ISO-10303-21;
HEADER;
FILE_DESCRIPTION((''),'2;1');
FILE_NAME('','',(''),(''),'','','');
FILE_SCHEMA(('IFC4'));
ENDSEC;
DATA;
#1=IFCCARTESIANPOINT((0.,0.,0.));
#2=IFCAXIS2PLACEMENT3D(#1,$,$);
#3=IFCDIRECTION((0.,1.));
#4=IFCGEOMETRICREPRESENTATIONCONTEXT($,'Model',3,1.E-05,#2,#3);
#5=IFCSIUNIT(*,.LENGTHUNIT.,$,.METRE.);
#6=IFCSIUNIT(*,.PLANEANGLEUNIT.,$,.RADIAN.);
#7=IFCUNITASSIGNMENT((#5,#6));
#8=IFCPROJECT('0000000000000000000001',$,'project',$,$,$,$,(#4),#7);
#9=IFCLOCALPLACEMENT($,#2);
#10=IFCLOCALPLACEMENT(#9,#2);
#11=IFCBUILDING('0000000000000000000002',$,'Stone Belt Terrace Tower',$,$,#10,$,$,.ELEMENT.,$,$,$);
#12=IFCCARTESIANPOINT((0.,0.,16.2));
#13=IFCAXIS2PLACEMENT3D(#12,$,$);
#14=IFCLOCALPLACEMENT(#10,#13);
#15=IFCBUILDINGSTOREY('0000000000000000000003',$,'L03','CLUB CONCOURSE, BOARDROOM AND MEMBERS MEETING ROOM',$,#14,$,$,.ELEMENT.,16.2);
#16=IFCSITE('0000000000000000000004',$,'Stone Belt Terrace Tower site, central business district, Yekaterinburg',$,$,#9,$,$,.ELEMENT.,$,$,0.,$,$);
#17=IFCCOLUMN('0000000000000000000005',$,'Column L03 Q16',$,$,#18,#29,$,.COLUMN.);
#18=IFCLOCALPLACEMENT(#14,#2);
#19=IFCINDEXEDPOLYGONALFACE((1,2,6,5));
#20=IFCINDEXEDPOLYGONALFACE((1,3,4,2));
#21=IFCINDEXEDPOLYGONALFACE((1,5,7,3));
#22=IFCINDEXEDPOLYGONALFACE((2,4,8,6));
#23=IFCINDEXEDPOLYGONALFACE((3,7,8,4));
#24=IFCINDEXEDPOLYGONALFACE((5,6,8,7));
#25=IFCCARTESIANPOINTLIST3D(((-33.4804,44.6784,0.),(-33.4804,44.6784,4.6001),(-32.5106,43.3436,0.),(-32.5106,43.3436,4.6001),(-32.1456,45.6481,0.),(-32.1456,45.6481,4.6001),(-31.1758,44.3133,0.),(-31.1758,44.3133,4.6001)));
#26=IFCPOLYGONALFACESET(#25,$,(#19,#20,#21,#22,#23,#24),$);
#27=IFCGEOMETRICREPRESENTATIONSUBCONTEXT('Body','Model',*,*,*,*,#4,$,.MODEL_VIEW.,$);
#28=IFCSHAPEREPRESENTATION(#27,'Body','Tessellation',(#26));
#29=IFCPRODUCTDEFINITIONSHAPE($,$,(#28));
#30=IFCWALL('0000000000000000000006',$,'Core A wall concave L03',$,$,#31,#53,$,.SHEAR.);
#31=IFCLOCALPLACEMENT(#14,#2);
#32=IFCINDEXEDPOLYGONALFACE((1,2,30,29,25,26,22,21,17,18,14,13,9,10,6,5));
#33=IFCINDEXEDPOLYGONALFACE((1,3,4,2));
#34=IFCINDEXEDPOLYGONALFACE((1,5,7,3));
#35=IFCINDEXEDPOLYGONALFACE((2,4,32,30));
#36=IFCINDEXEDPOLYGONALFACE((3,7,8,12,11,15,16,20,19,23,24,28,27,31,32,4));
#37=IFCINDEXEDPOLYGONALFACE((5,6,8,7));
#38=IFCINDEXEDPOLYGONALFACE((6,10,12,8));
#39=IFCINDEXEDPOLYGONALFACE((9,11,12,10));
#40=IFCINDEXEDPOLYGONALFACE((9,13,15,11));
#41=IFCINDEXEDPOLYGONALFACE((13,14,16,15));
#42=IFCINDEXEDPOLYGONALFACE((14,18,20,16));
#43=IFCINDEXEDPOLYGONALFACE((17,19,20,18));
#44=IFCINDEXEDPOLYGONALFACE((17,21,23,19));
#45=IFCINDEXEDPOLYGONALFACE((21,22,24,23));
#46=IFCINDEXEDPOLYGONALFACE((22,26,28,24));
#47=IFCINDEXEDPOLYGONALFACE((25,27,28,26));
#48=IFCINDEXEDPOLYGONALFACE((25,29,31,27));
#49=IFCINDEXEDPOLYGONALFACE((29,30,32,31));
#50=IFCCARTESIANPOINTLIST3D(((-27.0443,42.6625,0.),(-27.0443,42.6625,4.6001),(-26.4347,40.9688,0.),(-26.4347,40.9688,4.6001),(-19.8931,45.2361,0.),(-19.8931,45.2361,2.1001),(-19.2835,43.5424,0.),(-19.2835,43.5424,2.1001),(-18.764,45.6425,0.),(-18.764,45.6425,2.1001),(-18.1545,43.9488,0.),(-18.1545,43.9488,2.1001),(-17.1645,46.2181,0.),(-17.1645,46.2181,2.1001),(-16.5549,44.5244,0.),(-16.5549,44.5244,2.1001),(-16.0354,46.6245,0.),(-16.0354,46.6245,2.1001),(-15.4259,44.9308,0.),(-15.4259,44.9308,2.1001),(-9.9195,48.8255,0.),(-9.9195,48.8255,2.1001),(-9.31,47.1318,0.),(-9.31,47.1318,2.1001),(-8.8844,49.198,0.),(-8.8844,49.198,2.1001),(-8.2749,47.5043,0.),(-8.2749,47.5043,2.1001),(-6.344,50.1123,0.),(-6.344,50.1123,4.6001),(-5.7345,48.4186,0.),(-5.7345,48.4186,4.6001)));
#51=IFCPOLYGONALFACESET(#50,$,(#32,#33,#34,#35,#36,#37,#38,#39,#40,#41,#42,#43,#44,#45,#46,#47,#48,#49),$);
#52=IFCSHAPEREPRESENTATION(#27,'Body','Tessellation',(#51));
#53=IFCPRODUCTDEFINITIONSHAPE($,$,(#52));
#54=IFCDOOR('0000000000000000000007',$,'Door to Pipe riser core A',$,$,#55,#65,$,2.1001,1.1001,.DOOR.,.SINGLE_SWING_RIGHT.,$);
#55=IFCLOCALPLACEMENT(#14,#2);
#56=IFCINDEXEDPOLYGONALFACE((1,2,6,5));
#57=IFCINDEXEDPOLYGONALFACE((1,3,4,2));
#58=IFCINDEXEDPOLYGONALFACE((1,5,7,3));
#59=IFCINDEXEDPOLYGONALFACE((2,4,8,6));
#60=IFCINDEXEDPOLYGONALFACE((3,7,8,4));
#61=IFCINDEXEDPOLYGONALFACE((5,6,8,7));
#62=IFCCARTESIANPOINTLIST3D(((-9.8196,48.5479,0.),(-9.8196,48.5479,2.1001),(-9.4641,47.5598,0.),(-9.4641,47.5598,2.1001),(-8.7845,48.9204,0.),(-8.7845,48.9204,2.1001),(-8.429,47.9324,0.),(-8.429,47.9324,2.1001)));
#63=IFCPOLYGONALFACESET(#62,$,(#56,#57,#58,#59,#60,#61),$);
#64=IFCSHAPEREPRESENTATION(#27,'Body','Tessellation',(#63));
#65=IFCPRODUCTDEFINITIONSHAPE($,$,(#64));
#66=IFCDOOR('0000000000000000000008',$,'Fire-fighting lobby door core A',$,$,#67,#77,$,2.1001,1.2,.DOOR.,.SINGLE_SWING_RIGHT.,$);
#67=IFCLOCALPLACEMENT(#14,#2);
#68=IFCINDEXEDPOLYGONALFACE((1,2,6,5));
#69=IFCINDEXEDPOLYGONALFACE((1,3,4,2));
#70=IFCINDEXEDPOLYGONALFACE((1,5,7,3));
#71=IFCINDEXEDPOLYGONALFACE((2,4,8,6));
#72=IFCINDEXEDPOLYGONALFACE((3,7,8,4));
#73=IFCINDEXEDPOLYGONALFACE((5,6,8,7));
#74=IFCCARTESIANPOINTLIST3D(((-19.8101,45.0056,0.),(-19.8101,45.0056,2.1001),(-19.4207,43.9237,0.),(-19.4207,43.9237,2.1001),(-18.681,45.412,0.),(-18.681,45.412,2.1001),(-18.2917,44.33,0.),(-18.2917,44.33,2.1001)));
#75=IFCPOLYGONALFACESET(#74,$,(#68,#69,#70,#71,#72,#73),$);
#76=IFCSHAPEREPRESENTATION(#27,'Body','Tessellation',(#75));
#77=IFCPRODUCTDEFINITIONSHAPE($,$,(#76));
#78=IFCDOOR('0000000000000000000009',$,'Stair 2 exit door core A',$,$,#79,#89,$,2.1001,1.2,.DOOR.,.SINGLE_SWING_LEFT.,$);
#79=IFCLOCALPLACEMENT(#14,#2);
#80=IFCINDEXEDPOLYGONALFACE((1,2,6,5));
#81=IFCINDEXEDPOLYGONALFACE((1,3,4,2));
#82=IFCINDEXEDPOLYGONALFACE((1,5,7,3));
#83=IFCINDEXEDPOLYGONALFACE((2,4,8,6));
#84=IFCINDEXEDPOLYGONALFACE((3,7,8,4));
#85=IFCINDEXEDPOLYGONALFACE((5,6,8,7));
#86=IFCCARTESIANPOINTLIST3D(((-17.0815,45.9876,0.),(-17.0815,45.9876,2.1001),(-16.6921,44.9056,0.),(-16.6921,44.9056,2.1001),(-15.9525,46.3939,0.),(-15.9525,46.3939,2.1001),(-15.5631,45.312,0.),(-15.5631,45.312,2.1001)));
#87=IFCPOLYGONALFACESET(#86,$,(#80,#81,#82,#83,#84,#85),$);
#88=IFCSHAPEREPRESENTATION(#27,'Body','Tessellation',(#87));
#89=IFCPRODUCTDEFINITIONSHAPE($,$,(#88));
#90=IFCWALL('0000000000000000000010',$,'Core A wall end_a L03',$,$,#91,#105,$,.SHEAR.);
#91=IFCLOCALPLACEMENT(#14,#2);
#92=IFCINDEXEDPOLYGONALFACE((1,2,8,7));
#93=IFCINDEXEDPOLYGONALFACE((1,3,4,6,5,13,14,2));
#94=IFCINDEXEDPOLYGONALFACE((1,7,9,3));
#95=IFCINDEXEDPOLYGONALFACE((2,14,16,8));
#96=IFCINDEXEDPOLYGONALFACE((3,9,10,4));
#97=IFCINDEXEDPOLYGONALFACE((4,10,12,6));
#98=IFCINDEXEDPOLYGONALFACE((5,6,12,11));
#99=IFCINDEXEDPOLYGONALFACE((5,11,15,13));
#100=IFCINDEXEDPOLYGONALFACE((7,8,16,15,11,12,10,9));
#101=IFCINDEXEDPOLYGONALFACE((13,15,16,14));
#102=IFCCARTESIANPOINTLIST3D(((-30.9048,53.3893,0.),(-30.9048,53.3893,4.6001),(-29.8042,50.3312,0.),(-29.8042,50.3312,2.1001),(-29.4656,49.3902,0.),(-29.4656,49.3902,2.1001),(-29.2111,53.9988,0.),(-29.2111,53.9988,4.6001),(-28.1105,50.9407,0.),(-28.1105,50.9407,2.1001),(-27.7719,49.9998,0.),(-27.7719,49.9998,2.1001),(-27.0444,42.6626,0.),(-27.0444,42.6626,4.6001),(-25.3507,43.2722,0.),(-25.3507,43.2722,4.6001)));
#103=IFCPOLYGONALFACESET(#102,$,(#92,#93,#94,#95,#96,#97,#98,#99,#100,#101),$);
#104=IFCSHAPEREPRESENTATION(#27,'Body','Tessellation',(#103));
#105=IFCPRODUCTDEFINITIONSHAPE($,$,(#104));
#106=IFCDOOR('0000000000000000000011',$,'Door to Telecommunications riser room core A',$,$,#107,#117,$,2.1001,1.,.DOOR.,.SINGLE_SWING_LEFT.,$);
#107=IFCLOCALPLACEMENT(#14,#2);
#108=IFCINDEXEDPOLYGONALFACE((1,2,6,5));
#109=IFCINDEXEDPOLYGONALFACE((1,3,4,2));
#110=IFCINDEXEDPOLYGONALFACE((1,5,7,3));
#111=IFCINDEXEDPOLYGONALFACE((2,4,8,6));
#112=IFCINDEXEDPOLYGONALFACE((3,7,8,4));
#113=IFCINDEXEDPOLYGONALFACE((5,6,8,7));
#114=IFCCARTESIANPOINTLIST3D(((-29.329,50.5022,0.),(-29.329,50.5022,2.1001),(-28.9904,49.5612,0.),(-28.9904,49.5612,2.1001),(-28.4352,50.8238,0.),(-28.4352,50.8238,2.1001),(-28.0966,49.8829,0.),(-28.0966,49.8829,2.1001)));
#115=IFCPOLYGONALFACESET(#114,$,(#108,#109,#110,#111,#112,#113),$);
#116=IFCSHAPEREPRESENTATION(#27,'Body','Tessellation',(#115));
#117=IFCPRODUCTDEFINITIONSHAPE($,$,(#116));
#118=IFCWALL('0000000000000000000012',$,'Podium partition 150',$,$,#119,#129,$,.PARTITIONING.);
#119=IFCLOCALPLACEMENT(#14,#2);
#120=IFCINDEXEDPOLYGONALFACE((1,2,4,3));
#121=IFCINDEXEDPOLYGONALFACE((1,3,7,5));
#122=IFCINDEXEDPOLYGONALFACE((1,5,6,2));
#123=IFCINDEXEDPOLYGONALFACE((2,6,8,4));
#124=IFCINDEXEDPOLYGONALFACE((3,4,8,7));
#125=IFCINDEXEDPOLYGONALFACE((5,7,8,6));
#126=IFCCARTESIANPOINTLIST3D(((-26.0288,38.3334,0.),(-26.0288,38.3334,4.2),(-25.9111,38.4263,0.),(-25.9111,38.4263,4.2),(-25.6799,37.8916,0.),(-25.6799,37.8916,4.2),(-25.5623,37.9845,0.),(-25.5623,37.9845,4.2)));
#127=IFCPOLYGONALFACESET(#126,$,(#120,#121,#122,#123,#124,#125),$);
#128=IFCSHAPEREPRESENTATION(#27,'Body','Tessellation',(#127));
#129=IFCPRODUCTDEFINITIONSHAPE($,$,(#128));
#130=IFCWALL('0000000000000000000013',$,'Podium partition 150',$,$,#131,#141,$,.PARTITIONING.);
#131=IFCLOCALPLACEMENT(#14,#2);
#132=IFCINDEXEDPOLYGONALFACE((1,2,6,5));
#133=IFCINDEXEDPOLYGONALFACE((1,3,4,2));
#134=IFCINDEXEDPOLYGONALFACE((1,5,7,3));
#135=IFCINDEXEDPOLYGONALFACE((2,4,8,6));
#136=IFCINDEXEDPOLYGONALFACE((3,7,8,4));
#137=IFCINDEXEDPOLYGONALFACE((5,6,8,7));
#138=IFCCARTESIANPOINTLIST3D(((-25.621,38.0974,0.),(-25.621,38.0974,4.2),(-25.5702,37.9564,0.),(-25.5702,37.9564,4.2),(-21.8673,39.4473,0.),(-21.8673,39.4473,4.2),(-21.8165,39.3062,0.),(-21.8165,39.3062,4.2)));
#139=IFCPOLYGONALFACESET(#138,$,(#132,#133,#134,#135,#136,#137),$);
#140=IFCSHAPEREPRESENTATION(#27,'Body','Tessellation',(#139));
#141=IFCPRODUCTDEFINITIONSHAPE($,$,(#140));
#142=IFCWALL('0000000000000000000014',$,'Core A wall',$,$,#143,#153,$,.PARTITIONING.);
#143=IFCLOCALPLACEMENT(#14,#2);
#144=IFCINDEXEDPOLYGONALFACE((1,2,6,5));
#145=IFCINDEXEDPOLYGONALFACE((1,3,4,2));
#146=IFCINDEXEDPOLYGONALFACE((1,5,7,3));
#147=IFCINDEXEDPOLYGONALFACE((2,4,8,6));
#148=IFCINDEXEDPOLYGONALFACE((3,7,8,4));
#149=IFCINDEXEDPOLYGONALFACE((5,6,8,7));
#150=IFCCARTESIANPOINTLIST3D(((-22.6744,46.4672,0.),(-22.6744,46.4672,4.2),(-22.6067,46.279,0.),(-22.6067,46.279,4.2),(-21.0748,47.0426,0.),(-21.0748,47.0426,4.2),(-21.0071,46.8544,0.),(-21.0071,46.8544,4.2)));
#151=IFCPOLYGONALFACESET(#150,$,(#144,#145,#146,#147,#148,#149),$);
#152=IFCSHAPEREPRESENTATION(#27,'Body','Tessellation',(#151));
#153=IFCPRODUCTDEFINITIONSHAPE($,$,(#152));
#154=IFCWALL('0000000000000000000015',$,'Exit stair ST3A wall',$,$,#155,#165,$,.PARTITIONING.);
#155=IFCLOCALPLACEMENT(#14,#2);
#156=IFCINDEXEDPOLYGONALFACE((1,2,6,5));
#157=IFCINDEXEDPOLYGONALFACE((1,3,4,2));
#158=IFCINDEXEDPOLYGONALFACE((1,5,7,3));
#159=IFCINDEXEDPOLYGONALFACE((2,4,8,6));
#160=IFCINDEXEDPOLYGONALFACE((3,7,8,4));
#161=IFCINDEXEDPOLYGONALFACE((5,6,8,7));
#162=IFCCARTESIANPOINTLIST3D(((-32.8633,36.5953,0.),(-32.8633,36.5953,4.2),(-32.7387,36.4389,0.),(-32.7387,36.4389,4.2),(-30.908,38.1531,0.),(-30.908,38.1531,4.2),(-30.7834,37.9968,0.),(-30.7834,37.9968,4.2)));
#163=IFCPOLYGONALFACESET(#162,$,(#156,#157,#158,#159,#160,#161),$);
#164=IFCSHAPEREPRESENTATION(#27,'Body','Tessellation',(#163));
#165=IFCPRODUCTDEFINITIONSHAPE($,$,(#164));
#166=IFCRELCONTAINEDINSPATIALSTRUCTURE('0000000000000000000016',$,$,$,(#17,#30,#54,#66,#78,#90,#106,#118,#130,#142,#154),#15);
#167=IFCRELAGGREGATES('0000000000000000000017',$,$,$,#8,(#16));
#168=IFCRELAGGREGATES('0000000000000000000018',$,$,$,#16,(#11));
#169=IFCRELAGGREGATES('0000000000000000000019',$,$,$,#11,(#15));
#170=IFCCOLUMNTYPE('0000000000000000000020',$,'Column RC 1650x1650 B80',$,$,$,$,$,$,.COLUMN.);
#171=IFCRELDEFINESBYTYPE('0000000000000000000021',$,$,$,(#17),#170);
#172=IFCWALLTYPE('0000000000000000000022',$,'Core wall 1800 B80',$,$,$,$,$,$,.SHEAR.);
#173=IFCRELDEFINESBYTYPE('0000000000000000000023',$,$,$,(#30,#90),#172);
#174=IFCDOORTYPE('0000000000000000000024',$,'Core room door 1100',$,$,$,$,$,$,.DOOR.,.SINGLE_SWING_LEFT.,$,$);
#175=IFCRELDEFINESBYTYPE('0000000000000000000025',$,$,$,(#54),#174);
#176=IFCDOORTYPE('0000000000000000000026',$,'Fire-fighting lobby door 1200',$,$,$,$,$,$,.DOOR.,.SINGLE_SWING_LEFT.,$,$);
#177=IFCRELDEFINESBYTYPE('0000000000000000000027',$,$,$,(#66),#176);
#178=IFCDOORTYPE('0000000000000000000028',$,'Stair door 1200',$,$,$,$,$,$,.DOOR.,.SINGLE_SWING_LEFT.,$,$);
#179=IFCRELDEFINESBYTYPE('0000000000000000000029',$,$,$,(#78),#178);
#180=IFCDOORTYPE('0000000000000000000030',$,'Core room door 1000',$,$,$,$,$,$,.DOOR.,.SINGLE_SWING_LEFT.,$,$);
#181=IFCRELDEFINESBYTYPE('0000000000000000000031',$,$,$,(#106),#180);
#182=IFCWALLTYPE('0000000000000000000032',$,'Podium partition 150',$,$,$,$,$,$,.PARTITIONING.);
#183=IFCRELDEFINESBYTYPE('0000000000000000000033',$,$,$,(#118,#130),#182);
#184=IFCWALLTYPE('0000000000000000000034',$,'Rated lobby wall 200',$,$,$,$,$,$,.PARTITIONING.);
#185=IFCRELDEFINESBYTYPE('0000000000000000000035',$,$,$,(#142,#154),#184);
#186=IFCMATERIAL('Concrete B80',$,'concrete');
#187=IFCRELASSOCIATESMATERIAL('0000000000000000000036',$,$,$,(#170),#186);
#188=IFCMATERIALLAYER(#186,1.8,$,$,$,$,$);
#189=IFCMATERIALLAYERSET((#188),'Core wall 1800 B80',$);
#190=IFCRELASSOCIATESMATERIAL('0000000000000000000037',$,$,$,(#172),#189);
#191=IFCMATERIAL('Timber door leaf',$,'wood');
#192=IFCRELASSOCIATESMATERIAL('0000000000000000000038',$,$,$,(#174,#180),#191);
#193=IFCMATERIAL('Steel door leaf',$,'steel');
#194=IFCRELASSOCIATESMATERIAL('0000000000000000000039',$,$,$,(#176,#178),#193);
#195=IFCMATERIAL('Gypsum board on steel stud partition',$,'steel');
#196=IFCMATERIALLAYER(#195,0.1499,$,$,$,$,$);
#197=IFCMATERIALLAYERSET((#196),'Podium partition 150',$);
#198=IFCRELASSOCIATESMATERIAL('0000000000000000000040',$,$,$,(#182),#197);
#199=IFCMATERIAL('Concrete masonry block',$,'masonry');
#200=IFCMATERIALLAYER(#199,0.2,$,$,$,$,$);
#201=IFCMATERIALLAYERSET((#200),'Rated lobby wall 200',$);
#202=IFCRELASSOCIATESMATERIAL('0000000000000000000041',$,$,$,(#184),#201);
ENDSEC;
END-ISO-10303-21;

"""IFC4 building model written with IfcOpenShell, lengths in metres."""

from ifc_helpers import new_model, si_unit, direction, frame, frame_2d, origin, origin_2d, place, context, subcontext, project, spatial, rectangle, extrude, material, layer, layer_set, material_profile, profile_set, type_object, element, fill, save


model = new_model("IFC4")

# Units and contexts
model_context = context("Model", 3, precision=1e-05, world=origin(), true_north=direction((0.0, 1.0)))
body_context = subcontext(model_context, "Body", "Model", "MODEL_VIEW")
ifc_project = project(units=[si_unit("LENGTHUNIT", "METRE"), si_unit("PLANEANGLEUNIT", "RADIAN")], contexts=[model_context])

# Site, building, storey
site_placement = place(None, origin())
site = spatial("IfcSite", under=ifc_project, at=site_placement, Name="Stone Belt Terrace Tower site, central business district, Yekaterinburg", CompositionType="ELEMENT", RefElevation=0.0)
building_placement = place(site_placement, origin())
building = spatial("IfcBuilding", under=site, at=building_placement, Name="Stone Belt Terrace Tower", CompositionType="ELEMENT")
storey_placement = place(building_placement, frame((0.0, 0.0, 16.2)))
storey = spatial("IfcBuildingStorey", under=building, at=storey_placement, Name="L03", Description="CLUB CONCOURSE, BOARDROOM AND MEMBERS MEETING ROOM", CompositionType="ELEMENT", Elevation=16.2)

# Column
ifc_material_1 = material(Name="Concrete B80", Category="concrete")
ifc_material_profile = material_profile(ifc_material_1, rectangle(XDim=1.6499, YDim=1.6499, at=origin_2d()), Name="RC 1650x1650")
ifc_profile_set = profile_set([ifc_material_profile], Name="Concrete B80")
column_type = type_object("IfcColumnType", Name="Column RC 1650x1650 B80", PredefinedType="COLUMN", material=ifc_profile_set)
column_placement = place(storey_placement, frame((-32.3281, 44.4958, 0.0), z_axis=(0.0, 0.0, 1.0), x_axis=(0.809017, 0.587785, 0.0)))
element("IfcColumn", 1, at=column_placement, inside=storey, type_object=column_type, Name="Column L03 Q16", PredefinedType="COLUMN", context=body_context, shape_type="SweptSolid", body=[
    extrude(rectangle(XDim=1.6499, YDim=1.6499, at=origin_2d()), origin(), (0.0, 0.0, 1.0), 4.6001),
])

# Wall, openings, doors
ifc_layer_1 = layer(ifc_material_1, 1.8)
ifc_layer_set_1 = layer_set([ifc_layer_1], Name="Core wall 1800 B80")
wall_type_1 = type_object("IfcWallType", Name="Core wall 1800 B80", PredefinedType="SHEAR", material=ifc_layer_set_1)
wall_1_placement = place(storey_placement, frame((-26.7395, 41.8157, 0.0), z_axis=(0.0, 0.0, 1.0), x_axis=(0.940922, 0.338624, 0.0)))
wall_1 = element("IfcWall", 2, at=wall_1_placement, inside=storey, type_object=wall_type_1, Name="Core A wall concave L03", PredefinedType="SHEAR", context=body_context, shape_type="SweptSolid", body=[
    extrude(rectangle(XDim=22.0, YDim=1.8, at=frame_2d((11.0, 0.0))), origin(), (0.0, 0.0, 1.0), 4.6001),
])
opening_1_placement = place(wall_1_placement, frame((7.6001, 0.0, 0.0)))
opening_1 = element("IfcOpeningElement", 3, at=opening_1_placement, cuts=wall_1, PredefinedType="OPENING", context=body_context, shape_type="SweptSolid", body=[
    extrude(rectangle(XDim=1.2, YDim=2.1001, at=frame_2d((0.6001, 1.05))), frame((0.0, 0.9099, 0.0), z_axis=(0.0, -1.0, 0.0), x_axis=(1.0, 0.0, 0.0)), (0.0, 0.0, 1.0), 1.8201),
])
opening_2_placement = place(wall_1_placement, frame((10.5, 0.0, 0.0)))
opening_2 = element("IfcOpeningElement", 4, at=opening_2_placement, cuts=wall_1, PredefinedType="OPENING", context=body_context, shape_type="SweptSolid", body=[
    extrude(rectangle(XDim=1.2, YDim=2.1001, at=frame_2d((0.6001, 1.05))), frame((0.0, 0.9099, 0.0), z_axis=(0.0, -1.0, 0.0), x_axis=(1.0, 0.0, 0.0)), (0.0, 0.0, 1.0), 1.8201),
])
opening_3_placement = place(wall_1_placement, frame((18.2, 0.0, 0.0)))
opening_3 = element("IfcOpeningElement", 5, at=opening_3_placement, cuts=wall_1, PredefinedType="OPENING", context=body_context, shape_type="SweptSolid", body=[
    extrude(rectangle(XDim=1.1001, YDim=2.1001, at=frame_2d((0.55, 1.05))), frame((0.0, 0.9099, 0.0), z_axis=(0.0, -1.0, 0.0), x_axis=(1.0, 0.0, 0.0)), (0.0, 0.0, 1.0), 1.8201),
])
ifc_material_2 = material(Name="Timber door leaf", Category="wood")
door_type_1 = type_object("IfcDoorType", Name="Core room door 1100", OperationType="SINGLE_SWING_LEFT", PredefinedType="DOOR", material=ifc_material_2)
door_1_placement = place(opening_3_placement, origin())
door_1 = element("IfcDoor", 6, at=door_1_placement, inside=storey, type_object=door_type_1, Name="Door to Pipe riser core A", OperationType="SINGLE_SWING_RIGHT", OverallHeight=2.1001, OverallWidth=1.1001, PredefinedType="DOOR", context=body_context, shape_type="SweptSolid", body=[
    extrude(rectangle(XDim=1.1001, YDim=2.1001, at=frame_2d((0.55, 1.05))), frame((0.0, 0.605, 0.0), z_axis=(0.0, -1.0, 0.0), x_axis=(1.0, 0.0, 0.0)), (0.0, 0.0, 1.0), 1.05),
])
fill(opening_3, door_1)
ifc_material_3 = material(Name="Steel door leaf", Category="steel")
door_type_2 = type_object("IfcDoorType", Name="Fire-fighting lobby door 1200", OperationType="SINGLE_SWING_LEFT", PredefinedType="DOOR", material=ifc_material_3)
door_2_placement = place(opening_1_placement, origin())
door_2 = element("IfcDoor", 7, at=door_2_placement, inside=storey, type_object=door_type_2, Name="Fire-fighting lobby door core A", OperationType="SINGLE_SWING_RIGHT", OverallHeight=2.1001, OverallWidth=1.2, PredefinedType="DOOR", context=body_context, shape_type="SweptSolid", body=[
    extrude(rectangle(XDim=1.2, YDim=2.1001, at=frame_2d((0.6001, 1.05))), frame((0.0, 0.655, 0.0), z_axis=(0.0, -1.0, 0.0), x_axis=(1.0, 0.0, 0.0)), (0.0, 0.0, 1.0), 1.1499),
])
fill(opening_1, door_2)
door_type_3 = type_object("IfcDoorType", Name="Stair door 1200", OperationType="SINGLE_SWING_LEFT", PredefinedType="DOOR", material=ifc_material_3)
door_3_placement = place(opening_2_placement, origin())
door_3 = element("IfcDoor", 8, at=door_3_placement, inside=storey, type_object=door_type_3, Name="Stair 2 exit door core A", OperationType="SINGLE_SWING_LEFT", OverallHeight=2.1001, OverallWidth=1.2, PredefinedType="DOOR", context=body_context, shape_type="SweptSolid", body=[
    extrude(rectangle(XDim=1.2, YDim=2.1001, at=frame_2d((0.6001, 1.05))), frame((0.0, 0.655, 0.0), z_axis=(0.0, -1.0, 0.0), x_axis=(1.0, 0.0, 0.0)), (0.0, 0.0, 1.0), 1.1499),
])
fill(opening_2, door_3)

# Wall, opening, door
wall_2_placement = place(storey_placement, frame((-26.1975, 42.9673, 0.0), z_axis=(0.0, 0.0, 1.0), x_axis=(-0.338625, 0.940921, 0.0)))
wall_2 = element("IfcWall", 9, at=wall_2_placement, inside=storey, type_object=wall_type_1, Name="Core A wall end_a L03", PredefinedType="SHEAR", context=body_context, shape_type="SweptSolid", body=[
    extrude(rectangle(XDim=11.4001, YDim=1.8, at=frame_2d((5.7002, 0.0))), origin(), (0.0, 0.0, 1.0), 4.6001),
])
opening_4_placement = place(wall_2_placement, frame((7.1501, 0.0, 0.0)))
opening_4 = element("IfcOpeningElement", 10, at=opening_4_placement, cuts=wall_2, PredefinedType="OPENING", context=body_context, shape_type="SweptSolid", body=[
    extrude(rectangle(XDim=1.0, YDim=2.1001, at=frame_2d((0.5, 1.05))), frame((0.0, 0.9099, 0.0), z_axis=(0.0, -1.0, 0.0), x_axis=(1.0, 0.0, 0.0)), (0.0, 0.0, 1.0), 1.8201),
])
door_type_4 = type_object("IfcDoorType", Name="Core room door 1000", OperationType="SINGLE_SWING_LEFT", PredefinedType="DOOR", material=ifc_material_2)
door_4_placement = place(opening_4_placement, origin())
door_4 = element("IfcDoor", 11, at=door_4_placement, inside=storey, type_object=door_type_4, Name="Door to Telecommunications riser room core A", OperationType="SINGLE_SWING_LEFT", OverallHeight=2.1001, OverallWidth=1.0, PredefinedType="DOOR", context=body_context, shape_type="SweptSolid", body=[
    extrude(rectangle(XDim=1.0, YDim=2.1001, at=frame_2d((0.5, 1.05))), frame((0.0, 0.395, 0.0), z_axis=(0.0, -1.0, 0.0), x_axis=(1.0, 0.0, 0.0)), (0.0, 0.0, 1.0), 0.95),
])
fill(opening_4, door_4)

# Walls
ifc_material_4 = material(Name="Gypsum board on steel stud partition", Category="steel")
ifc_layer_2 = layer(ifc_material_4, 0.1499)
ifc_layer_set_2 = layer_set([ifc_layer_2], Name="Podium partition 150")
wall_type_2 = type_object("IfcWallType", Name="Podium partition 150", PredefinedType="PARTITIONING", material=ifc_layer_set_2)
wall_3_placement = place(storey_placement, frame((-25.97, 38.3799, 0.0), z_axis=(0.0, 0.0, 1.0), x_axis=(0.619658, -0.784872, 0.0)))
element("IfcWall", 12, at=wall_3_placement, inside=storey, type_object=wall_type_2, Name="Podium partition 150", PredefinedType="PARTITIONING", context=body_context, shape_type="SweptSolid", body=[
    extrude(rectangle(XDim=0.563, YDim=0.1499, at=frame_2d((0.2815, 0.0))), origin(), (0.0, 0.0, 1.0), 4.2),
])
wall_4_placement = place(storey_placement, frame((-25.5957, 38.0269, 0.0), z_axis=(0.0, 0.0, 1.0), x_axis=(0.941004, 0.338394, 0.0)))
element("IfcWall", 13, at=wall_4_placement, inside=storey, type_object=wall_type_2, Name="Podium partition 150", PredefinedType="PARTITIONING", context=body_context, shape_type="SweptSolid", body=[
    extrude(rectangle(XDim=3.989, YDim=0.1499, at=frame_2d((1.9946, 0.0))), origin(), (0.0, 0.0, 1.0), 4.2),
])
ifc_material_5 = material(Name="Concrete masonry block", Category="masonry")
ifc_layer_3 = layer(ifc_material_5, 0.2)
ifc_layer_set_3 = layer_set([ifc_layer_3], Name="Rated lobby wall 200")
wall_type_3 = type_object("IfcWallType", Name="Rated lobby wall 200", PredefinedType="PARTITIONING", material=ifc_layer_set_3)
wall_5_placement = place(storey_placement, frame((-22.6406, 46.373, 0.0), z_axis=(0.0, 0.0, 1.0), x_axis=(0.940966, 0.338501, 0.0)))
element("IfcWall", 14, at=wall_5_placement, inside=storey, type_object=wall_type_3, Name="Core A wall", PredefinedType="PARTITIONING", context=body_context, shape_type="SweptSolid", body=[
    extrude(rectangle(XDim=1.7, YDim=0.2, at=frame_2d((0.8501, 0.0))), origin(), (0.0, 0.0, 1.0), 4.2),
])
wall_6_placement = place(storey_placement, frame((-30.8457, 38.075, 0.0), z_axis=(0.0, 0.0, 1.0), x_axis=(-0.782115, -0.623134, 0.0)))
element("IfcWall", 15, at=wall_6_placement, inside=storey, type_object=wall_type_3, Name="Exit stair ST3A wall", PredefinedType="PARTITIONING", context=body_context, shape_type="SweptSolid", body=[
    extrude(rectangle(XDim=2.5, YDim=0.2, at=frame_2d((1.25, 0.0))), origin(), (0.0, 0.0, 1.0), 4.2),
])

save(model, "model.ifc")
